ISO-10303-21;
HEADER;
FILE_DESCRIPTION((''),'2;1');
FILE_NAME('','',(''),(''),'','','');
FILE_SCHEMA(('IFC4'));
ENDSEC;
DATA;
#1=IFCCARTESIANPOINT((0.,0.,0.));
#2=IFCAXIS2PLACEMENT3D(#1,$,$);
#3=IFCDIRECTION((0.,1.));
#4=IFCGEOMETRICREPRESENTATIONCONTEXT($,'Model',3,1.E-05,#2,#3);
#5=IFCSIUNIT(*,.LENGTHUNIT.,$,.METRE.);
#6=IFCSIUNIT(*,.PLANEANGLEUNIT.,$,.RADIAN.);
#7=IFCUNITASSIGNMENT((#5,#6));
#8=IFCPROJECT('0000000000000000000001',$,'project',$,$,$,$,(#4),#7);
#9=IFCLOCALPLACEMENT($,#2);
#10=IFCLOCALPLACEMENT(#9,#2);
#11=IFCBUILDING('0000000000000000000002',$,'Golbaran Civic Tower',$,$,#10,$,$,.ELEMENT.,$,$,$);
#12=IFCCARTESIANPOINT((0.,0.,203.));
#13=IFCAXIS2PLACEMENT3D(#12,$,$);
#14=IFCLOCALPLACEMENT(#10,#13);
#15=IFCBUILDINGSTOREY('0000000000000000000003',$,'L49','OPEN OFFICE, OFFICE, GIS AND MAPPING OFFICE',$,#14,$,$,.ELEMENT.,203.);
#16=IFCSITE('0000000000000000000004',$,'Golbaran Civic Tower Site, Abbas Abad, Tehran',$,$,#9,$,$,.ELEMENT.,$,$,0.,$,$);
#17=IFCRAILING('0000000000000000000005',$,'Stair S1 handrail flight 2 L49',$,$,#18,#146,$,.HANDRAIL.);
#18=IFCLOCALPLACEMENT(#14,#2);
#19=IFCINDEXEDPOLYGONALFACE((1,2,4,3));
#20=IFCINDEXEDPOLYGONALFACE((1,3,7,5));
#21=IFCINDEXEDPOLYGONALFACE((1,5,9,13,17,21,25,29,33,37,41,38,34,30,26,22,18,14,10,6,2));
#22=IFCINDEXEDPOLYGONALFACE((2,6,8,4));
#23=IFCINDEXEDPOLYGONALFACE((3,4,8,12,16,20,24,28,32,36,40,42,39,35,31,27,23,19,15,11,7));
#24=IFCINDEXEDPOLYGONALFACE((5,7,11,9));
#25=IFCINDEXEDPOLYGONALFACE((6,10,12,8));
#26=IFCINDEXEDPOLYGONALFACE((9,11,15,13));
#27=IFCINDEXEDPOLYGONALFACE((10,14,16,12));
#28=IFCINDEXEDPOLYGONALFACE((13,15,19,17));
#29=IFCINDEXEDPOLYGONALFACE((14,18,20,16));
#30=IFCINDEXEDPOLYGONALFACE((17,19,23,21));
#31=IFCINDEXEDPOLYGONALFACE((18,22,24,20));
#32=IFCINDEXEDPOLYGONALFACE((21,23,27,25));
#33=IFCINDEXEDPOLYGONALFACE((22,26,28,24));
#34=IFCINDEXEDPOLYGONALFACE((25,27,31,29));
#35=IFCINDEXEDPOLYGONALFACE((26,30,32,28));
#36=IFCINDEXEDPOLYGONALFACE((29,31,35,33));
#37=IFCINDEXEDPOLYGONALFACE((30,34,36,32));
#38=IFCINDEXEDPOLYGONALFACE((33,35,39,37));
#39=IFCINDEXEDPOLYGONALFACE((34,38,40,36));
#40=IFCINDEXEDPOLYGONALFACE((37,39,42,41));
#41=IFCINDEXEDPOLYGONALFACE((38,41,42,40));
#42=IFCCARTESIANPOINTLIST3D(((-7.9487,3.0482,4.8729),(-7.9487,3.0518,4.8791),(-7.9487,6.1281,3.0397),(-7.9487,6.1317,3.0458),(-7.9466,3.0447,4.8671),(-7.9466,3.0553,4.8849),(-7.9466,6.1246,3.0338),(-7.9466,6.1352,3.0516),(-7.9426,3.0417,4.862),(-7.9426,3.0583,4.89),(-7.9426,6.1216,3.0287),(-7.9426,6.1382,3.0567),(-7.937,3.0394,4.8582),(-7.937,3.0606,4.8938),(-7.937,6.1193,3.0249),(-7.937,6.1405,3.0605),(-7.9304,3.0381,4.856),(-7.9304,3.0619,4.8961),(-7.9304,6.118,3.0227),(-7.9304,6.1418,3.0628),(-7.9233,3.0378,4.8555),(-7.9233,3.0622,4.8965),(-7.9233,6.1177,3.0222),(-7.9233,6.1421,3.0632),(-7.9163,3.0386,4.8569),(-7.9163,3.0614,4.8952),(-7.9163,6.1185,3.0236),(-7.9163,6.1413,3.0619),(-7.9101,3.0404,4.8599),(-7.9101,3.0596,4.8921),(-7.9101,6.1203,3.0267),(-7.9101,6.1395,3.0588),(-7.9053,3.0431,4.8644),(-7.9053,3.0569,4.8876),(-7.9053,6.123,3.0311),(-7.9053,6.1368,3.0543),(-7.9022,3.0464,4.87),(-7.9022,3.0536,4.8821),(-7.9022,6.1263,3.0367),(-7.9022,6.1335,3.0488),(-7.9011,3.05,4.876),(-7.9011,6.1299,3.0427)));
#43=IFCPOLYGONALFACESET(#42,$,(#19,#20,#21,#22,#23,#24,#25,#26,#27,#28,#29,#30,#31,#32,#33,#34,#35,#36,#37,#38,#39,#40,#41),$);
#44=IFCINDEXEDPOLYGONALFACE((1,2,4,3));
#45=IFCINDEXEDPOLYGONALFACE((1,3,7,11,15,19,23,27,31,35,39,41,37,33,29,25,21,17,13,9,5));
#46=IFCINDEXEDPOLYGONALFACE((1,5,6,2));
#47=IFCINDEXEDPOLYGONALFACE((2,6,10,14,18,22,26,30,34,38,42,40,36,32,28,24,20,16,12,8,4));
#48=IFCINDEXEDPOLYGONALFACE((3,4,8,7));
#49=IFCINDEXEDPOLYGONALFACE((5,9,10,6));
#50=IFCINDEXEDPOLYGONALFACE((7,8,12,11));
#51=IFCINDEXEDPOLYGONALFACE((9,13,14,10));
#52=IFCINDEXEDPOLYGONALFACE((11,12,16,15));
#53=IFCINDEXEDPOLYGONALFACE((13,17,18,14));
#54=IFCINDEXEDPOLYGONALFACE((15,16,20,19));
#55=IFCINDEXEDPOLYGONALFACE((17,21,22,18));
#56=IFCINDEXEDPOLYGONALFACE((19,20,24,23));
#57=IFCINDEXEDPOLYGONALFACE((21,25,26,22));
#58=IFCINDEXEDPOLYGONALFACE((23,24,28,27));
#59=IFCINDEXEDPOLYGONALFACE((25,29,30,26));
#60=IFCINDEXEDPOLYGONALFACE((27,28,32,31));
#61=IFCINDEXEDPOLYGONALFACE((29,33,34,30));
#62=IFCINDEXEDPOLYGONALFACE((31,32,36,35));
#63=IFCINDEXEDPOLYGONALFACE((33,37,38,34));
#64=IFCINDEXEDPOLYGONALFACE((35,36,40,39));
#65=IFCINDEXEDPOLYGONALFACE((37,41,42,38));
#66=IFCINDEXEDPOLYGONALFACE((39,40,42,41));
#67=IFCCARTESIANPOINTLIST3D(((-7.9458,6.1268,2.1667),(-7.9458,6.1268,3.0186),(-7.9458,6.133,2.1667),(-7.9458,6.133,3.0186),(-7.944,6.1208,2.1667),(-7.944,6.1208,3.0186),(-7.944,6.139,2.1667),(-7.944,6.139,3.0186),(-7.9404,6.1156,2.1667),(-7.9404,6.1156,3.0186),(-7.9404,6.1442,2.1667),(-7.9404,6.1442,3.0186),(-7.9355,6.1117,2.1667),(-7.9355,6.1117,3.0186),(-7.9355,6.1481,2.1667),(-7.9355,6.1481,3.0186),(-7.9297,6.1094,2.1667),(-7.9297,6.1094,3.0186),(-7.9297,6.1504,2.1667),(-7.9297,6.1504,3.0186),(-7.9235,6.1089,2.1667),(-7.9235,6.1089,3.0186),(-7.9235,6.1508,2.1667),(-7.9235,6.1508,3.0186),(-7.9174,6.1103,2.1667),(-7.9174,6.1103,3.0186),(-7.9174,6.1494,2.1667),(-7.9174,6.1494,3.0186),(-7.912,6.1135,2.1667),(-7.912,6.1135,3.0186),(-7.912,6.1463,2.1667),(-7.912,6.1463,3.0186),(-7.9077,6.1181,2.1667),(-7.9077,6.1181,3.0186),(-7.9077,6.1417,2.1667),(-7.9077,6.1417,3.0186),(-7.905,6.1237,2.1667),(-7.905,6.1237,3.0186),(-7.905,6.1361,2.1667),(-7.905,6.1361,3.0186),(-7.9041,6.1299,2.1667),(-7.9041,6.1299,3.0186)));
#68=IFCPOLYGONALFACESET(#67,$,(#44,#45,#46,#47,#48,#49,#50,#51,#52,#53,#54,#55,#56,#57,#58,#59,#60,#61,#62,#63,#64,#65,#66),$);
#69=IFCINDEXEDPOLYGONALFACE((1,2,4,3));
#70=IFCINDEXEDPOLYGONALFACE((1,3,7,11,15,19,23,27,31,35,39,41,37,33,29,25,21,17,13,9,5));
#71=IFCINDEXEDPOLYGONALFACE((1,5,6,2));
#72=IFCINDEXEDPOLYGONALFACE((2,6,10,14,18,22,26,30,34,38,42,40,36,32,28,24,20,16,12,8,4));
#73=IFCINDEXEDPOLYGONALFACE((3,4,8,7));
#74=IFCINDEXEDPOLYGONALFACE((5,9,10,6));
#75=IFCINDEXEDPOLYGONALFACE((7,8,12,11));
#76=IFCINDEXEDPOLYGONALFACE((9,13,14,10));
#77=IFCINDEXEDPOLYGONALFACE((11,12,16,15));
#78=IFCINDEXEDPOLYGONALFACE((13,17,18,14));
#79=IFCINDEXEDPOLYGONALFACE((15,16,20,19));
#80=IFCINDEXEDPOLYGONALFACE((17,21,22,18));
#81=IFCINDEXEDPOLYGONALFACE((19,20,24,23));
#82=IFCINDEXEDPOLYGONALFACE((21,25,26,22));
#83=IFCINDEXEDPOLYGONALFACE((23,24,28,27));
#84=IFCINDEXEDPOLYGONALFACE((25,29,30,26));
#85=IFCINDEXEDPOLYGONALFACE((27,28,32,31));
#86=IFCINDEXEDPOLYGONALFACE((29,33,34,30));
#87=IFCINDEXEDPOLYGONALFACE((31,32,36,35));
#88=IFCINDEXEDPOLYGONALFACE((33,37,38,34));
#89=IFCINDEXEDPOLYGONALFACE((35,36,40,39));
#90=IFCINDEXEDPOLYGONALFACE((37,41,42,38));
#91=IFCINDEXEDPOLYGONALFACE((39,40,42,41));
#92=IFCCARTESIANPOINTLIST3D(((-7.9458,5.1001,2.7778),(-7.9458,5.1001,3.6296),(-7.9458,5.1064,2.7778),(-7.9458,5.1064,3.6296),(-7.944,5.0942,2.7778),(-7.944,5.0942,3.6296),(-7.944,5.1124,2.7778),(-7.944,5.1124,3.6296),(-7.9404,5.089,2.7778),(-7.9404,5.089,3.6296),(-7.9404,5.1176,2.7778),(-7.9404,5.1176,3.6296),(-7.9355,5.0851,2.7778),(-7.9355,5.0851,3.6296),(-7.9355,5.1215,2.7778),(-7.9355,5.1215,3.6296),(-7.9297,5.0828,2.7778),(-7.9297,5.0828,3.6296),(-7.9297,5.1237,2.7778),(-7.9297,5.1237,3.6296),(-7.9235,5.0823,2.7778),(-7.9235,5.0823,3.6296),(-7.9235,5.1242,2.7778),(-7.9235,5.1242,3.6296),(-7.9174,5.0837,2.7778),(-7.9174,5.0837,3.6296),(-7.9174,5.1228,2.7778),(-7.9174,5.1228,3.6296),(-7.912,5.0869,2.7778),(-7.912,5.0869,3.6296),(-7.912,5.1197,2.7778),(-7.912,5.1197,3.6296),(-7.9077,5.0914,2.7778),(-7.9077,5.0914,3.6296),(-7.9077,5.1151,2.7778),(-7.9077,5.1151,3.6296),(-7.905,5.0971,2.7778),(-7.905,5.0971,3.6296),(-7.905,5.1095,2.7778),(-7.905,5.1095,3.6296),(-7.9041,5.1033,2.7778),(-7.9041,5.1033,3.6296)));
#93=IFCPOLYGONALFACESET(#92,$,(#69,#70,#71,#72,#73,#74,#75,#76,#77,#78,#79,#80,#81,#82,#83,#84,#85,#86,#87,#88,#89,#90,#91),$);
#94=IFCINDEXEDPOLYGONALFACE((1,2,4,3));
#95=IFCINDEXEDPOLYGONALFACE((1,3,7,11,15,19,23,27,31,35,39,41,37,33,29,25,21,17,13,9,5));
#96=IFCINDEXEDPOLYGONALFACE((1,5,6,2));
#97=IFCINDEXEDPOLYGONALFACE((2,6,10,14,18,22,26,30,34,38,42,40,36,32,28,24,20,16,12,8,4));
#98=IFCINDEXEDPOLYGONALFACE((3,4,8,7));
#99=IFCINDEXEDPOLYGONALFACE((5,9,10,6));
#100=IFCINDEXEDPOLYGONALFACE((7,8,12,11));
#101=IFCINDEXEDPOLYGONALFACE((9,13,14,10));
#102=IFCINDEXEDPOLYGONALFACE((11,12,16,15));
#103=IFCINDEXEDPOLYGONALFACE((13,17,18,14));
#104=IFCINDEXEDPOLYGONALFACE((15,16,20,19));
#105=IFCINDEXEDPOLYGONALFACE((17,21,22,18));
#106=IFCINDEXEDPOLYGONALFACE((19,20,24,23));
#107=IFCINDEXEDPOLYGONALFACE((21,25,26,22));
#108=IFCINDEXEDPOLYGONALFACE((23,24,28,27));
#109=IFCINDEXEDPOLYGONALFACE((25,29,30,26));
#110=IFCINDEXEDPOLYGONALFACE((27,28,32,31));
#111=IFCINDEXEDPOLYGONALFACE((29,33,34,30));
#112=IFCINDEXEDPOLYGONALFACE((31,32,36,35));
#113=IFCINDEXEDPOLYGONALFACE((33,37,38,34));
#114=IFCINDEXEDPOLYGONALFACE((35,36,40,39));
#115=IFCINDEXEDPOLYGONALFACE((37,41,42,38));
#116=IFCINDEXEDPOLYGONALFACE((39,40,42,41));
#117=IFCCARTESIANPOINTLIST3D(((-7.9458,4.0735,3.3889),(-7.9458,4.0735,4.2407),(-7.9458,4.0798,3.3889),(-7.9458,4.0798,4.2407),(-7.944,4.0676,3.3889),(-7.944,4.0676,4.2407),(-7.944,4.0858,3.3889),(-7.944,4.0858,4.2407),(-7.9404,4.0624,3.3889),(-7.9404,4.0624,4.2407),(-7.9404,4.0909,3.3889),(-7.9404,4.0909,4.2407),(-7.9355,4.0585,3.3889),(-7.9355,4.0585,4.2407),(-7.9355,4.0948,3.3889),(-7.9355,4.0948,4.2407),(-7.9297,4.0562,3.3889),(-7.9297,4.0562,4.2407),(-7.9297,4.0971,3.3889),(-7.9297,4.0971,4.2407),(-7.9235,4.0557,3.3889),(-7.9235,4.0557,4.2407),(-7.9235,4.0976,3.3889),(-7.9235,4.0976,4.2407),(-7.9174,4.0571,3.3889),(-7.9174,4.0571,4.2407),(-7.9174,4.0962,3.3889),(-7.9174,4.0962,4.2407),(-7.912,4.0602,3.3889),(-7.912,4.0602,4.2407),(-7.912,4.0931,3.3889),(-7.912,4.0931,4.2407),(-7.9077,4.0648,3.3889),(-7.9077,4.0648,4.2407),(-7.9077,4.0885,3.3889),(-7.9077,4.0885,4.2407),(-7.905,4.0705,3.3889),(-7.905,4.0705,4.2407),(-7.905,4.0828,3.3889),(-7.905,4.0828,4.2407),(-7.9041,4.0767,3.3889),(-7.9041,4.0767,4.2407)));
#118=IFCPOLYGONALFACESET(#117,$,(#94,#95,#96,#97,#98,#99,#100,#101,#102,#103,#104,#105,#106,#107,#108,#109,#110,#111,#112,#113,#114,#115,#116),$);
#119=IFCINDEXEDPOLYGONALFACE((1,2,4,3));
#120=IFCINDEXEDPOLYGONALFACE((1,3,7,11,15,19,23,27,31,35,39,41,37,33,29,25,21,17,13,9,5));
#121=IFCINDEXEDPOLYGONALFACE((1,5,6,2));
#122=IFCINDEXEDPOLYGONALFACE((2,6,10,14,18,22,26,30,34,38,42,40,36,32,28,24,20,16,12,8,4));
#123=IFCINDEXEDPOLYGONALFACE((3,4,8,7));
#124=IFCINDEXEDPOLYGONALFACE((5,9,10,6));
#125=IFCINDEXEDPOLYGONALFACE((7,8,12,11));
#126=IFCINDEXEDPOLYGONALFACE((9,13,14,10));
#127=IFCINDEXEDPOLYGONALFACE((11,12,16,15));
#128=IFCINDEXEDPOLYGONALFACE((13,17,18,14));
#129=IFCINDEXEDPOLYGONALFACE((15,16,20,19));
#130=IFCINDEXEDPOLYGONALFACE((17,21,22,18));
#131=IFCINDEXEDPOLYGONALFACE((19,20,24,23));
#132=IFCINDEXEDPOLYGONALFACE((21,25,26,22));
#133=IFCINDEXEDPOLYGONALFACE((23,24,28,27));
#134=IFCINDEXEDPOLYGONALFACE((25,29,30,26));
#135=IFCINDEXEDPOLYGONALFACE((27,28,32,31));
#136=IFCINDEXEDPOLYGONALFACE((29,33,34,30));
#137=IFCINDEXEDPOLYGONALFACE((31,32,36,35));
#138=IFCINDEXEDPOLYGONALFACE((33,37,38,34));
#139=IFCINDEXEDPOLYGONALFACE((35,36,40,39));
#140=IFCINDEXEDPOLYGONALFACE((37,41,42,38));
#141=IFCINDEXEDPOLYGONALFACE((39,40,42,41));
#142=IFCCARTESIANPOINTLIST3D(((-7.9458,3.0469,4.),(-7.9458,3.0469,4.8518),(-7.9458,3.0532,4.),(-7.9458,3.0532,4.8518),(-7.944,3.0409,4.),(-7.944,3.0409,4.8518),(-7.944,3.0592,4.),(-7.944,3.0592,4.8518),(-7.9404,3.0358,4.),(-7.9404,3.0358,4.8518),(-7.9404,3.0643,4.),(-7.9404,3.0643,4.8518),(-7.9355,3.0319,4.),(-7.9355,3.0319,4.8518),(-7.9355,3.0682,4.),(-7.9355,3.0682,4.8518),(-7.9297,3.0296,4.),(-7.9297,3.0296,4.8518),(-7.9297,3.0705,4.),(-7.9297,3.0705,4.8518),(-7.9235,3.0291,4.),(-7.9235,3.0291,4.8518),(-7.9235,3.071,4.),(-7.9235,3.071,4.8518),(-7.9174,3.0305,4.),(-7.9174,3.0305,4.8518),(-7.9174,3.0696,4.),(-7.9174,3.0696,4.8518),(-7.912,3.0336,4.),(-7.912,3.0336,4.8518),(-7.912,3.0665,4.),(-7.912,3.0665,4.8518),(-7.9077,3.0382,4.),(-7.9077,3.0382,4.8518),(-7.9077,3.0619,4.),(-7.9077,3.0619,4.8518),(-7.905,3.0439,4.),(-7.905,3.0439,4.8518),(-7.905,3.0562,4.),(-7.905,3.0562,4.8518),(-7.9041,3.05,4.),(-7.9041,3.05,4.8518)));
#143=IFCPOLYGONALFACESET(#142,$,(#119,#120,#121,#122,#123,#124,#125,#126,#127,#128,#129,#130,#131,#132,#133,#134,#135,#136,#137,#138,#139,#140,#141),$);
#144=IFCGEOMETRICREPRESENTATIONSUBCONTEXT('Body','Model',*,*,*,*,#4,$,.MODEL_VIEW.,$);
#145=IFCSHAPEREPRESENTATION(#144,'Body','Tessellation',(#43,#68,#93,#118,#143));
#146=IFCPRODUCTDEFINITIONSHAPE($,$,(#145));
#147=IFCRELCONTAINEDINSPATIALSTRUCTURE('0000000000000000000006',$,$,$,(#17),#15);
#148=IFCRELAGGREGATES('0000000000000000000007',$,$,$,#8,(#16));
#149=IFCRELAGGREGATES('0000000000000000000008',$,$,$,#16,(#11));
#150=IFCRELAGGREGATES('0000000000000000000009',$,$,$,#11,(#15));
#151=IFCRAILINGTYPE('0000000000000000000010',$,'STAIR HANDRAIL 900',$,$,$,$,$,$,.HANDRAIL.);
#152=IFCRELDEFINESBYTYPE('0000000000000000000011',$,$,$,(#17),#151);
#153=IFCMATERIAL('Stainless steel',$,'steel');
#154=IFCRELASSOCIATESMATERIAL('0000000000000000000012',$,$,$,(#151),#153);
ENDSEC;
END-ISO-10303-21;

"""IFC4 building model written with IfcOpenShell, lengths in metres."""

from ifc_helpers import new_model, si_unit, direction, frame, origin, origin_2d, place, context, subcontext, project, spatial, circle, extrude, material, type_object, element, save


model = new_model("IFC4")

# Units and contexts
model_context = context("Model", 3, precision=1e-05, world=origin(), true_north=direction((0.0, 1.0)))
body_context = subcontext(model_context, "Body", "Model", "MODEL_VIEW")
ifc_project = project(units=[si_unit("LENGTHUNIT", "METRE"), si_unit("PLANEANGLEUNIT", "RADIAN")], contexts=[model_context])

# Site, building, storey
site_placement = place(None, origin())
site = spatial("IfcSite", under=ifc_project, at=site_placement, Name="Golbaran Civic Tower Site, Abbas Abad, Tehran", CompositionType="ELEMENT", RefElevation=0.0)
building_placement = place(site_placement, origin())
building = spatial("IfcBuilding", under=site, at=building_placement, Name="Golbaran Civic Tower", CompositionType="ELEMENT")
storey_placement = place(building_placement, frame((0.0, 0.0, 203.0)))
storey = spatial("IfcBuildingStorey", under=building, at=storey_placement, Name="L49", Description="OPEN OFFICE, OFFICE, GIS AND MAPPING OFFICE", CompositionType="ELEMENT", Elevation=203.0)

# Shared definitions
ifc_material_1 = material(Name="Stainless steel", Category="steel")

# Railing
railing_type = type_object("IfcRailingType", Name="STAIR HANDRAIL 900", PredefinedType="HANDRAIL", material=ifc_material_1)
railing_1_placement = place(storey_placement, frame((-7.925, 6.1299, 2.1667)))
element("IfcRailing", 1, at=railing_1_placement, inside=storey, type_object=railing_type, Name="Stair S1 handrail flight 2 L49", PredefinedType="HANDRAIL", context=body_context, shape_type="SweptSolid", body=[
    extrude(circle(Radius=0.0239, at=origin_2d()), frame((0.0, 0.0, 0.876), z_axis=(0.0, -0.859291, 0.511487), x_axis=(1.0, 0.0, 0.0)), (0.0, 0.0, 1.0), 3.5842),
    extrude(circle(Radius=0.021, at=origin_2d()), origin(), (0.0, 0.0, 1.0), 0.8518),
    extrude(circle(Radius=0.021, at=origin_2d()), frame((0.0, -1.0266, 0.6111)), (0.0, 0.0, 1.0), 0.8518),
    extrude(circle(Radius=0.021, at=origin_2d()), frame((0.0, -2.0532, 1.2222)), (0.0, 0.0, 1.0), 0.8518),
    extrude(circle(Radius=0.021, at=origin_2d()), frame((0.0, -3.0798, 1.8333)), (0.0, 0.0, 1.0), 0.8518),
])

save(model, "model.ifc")
